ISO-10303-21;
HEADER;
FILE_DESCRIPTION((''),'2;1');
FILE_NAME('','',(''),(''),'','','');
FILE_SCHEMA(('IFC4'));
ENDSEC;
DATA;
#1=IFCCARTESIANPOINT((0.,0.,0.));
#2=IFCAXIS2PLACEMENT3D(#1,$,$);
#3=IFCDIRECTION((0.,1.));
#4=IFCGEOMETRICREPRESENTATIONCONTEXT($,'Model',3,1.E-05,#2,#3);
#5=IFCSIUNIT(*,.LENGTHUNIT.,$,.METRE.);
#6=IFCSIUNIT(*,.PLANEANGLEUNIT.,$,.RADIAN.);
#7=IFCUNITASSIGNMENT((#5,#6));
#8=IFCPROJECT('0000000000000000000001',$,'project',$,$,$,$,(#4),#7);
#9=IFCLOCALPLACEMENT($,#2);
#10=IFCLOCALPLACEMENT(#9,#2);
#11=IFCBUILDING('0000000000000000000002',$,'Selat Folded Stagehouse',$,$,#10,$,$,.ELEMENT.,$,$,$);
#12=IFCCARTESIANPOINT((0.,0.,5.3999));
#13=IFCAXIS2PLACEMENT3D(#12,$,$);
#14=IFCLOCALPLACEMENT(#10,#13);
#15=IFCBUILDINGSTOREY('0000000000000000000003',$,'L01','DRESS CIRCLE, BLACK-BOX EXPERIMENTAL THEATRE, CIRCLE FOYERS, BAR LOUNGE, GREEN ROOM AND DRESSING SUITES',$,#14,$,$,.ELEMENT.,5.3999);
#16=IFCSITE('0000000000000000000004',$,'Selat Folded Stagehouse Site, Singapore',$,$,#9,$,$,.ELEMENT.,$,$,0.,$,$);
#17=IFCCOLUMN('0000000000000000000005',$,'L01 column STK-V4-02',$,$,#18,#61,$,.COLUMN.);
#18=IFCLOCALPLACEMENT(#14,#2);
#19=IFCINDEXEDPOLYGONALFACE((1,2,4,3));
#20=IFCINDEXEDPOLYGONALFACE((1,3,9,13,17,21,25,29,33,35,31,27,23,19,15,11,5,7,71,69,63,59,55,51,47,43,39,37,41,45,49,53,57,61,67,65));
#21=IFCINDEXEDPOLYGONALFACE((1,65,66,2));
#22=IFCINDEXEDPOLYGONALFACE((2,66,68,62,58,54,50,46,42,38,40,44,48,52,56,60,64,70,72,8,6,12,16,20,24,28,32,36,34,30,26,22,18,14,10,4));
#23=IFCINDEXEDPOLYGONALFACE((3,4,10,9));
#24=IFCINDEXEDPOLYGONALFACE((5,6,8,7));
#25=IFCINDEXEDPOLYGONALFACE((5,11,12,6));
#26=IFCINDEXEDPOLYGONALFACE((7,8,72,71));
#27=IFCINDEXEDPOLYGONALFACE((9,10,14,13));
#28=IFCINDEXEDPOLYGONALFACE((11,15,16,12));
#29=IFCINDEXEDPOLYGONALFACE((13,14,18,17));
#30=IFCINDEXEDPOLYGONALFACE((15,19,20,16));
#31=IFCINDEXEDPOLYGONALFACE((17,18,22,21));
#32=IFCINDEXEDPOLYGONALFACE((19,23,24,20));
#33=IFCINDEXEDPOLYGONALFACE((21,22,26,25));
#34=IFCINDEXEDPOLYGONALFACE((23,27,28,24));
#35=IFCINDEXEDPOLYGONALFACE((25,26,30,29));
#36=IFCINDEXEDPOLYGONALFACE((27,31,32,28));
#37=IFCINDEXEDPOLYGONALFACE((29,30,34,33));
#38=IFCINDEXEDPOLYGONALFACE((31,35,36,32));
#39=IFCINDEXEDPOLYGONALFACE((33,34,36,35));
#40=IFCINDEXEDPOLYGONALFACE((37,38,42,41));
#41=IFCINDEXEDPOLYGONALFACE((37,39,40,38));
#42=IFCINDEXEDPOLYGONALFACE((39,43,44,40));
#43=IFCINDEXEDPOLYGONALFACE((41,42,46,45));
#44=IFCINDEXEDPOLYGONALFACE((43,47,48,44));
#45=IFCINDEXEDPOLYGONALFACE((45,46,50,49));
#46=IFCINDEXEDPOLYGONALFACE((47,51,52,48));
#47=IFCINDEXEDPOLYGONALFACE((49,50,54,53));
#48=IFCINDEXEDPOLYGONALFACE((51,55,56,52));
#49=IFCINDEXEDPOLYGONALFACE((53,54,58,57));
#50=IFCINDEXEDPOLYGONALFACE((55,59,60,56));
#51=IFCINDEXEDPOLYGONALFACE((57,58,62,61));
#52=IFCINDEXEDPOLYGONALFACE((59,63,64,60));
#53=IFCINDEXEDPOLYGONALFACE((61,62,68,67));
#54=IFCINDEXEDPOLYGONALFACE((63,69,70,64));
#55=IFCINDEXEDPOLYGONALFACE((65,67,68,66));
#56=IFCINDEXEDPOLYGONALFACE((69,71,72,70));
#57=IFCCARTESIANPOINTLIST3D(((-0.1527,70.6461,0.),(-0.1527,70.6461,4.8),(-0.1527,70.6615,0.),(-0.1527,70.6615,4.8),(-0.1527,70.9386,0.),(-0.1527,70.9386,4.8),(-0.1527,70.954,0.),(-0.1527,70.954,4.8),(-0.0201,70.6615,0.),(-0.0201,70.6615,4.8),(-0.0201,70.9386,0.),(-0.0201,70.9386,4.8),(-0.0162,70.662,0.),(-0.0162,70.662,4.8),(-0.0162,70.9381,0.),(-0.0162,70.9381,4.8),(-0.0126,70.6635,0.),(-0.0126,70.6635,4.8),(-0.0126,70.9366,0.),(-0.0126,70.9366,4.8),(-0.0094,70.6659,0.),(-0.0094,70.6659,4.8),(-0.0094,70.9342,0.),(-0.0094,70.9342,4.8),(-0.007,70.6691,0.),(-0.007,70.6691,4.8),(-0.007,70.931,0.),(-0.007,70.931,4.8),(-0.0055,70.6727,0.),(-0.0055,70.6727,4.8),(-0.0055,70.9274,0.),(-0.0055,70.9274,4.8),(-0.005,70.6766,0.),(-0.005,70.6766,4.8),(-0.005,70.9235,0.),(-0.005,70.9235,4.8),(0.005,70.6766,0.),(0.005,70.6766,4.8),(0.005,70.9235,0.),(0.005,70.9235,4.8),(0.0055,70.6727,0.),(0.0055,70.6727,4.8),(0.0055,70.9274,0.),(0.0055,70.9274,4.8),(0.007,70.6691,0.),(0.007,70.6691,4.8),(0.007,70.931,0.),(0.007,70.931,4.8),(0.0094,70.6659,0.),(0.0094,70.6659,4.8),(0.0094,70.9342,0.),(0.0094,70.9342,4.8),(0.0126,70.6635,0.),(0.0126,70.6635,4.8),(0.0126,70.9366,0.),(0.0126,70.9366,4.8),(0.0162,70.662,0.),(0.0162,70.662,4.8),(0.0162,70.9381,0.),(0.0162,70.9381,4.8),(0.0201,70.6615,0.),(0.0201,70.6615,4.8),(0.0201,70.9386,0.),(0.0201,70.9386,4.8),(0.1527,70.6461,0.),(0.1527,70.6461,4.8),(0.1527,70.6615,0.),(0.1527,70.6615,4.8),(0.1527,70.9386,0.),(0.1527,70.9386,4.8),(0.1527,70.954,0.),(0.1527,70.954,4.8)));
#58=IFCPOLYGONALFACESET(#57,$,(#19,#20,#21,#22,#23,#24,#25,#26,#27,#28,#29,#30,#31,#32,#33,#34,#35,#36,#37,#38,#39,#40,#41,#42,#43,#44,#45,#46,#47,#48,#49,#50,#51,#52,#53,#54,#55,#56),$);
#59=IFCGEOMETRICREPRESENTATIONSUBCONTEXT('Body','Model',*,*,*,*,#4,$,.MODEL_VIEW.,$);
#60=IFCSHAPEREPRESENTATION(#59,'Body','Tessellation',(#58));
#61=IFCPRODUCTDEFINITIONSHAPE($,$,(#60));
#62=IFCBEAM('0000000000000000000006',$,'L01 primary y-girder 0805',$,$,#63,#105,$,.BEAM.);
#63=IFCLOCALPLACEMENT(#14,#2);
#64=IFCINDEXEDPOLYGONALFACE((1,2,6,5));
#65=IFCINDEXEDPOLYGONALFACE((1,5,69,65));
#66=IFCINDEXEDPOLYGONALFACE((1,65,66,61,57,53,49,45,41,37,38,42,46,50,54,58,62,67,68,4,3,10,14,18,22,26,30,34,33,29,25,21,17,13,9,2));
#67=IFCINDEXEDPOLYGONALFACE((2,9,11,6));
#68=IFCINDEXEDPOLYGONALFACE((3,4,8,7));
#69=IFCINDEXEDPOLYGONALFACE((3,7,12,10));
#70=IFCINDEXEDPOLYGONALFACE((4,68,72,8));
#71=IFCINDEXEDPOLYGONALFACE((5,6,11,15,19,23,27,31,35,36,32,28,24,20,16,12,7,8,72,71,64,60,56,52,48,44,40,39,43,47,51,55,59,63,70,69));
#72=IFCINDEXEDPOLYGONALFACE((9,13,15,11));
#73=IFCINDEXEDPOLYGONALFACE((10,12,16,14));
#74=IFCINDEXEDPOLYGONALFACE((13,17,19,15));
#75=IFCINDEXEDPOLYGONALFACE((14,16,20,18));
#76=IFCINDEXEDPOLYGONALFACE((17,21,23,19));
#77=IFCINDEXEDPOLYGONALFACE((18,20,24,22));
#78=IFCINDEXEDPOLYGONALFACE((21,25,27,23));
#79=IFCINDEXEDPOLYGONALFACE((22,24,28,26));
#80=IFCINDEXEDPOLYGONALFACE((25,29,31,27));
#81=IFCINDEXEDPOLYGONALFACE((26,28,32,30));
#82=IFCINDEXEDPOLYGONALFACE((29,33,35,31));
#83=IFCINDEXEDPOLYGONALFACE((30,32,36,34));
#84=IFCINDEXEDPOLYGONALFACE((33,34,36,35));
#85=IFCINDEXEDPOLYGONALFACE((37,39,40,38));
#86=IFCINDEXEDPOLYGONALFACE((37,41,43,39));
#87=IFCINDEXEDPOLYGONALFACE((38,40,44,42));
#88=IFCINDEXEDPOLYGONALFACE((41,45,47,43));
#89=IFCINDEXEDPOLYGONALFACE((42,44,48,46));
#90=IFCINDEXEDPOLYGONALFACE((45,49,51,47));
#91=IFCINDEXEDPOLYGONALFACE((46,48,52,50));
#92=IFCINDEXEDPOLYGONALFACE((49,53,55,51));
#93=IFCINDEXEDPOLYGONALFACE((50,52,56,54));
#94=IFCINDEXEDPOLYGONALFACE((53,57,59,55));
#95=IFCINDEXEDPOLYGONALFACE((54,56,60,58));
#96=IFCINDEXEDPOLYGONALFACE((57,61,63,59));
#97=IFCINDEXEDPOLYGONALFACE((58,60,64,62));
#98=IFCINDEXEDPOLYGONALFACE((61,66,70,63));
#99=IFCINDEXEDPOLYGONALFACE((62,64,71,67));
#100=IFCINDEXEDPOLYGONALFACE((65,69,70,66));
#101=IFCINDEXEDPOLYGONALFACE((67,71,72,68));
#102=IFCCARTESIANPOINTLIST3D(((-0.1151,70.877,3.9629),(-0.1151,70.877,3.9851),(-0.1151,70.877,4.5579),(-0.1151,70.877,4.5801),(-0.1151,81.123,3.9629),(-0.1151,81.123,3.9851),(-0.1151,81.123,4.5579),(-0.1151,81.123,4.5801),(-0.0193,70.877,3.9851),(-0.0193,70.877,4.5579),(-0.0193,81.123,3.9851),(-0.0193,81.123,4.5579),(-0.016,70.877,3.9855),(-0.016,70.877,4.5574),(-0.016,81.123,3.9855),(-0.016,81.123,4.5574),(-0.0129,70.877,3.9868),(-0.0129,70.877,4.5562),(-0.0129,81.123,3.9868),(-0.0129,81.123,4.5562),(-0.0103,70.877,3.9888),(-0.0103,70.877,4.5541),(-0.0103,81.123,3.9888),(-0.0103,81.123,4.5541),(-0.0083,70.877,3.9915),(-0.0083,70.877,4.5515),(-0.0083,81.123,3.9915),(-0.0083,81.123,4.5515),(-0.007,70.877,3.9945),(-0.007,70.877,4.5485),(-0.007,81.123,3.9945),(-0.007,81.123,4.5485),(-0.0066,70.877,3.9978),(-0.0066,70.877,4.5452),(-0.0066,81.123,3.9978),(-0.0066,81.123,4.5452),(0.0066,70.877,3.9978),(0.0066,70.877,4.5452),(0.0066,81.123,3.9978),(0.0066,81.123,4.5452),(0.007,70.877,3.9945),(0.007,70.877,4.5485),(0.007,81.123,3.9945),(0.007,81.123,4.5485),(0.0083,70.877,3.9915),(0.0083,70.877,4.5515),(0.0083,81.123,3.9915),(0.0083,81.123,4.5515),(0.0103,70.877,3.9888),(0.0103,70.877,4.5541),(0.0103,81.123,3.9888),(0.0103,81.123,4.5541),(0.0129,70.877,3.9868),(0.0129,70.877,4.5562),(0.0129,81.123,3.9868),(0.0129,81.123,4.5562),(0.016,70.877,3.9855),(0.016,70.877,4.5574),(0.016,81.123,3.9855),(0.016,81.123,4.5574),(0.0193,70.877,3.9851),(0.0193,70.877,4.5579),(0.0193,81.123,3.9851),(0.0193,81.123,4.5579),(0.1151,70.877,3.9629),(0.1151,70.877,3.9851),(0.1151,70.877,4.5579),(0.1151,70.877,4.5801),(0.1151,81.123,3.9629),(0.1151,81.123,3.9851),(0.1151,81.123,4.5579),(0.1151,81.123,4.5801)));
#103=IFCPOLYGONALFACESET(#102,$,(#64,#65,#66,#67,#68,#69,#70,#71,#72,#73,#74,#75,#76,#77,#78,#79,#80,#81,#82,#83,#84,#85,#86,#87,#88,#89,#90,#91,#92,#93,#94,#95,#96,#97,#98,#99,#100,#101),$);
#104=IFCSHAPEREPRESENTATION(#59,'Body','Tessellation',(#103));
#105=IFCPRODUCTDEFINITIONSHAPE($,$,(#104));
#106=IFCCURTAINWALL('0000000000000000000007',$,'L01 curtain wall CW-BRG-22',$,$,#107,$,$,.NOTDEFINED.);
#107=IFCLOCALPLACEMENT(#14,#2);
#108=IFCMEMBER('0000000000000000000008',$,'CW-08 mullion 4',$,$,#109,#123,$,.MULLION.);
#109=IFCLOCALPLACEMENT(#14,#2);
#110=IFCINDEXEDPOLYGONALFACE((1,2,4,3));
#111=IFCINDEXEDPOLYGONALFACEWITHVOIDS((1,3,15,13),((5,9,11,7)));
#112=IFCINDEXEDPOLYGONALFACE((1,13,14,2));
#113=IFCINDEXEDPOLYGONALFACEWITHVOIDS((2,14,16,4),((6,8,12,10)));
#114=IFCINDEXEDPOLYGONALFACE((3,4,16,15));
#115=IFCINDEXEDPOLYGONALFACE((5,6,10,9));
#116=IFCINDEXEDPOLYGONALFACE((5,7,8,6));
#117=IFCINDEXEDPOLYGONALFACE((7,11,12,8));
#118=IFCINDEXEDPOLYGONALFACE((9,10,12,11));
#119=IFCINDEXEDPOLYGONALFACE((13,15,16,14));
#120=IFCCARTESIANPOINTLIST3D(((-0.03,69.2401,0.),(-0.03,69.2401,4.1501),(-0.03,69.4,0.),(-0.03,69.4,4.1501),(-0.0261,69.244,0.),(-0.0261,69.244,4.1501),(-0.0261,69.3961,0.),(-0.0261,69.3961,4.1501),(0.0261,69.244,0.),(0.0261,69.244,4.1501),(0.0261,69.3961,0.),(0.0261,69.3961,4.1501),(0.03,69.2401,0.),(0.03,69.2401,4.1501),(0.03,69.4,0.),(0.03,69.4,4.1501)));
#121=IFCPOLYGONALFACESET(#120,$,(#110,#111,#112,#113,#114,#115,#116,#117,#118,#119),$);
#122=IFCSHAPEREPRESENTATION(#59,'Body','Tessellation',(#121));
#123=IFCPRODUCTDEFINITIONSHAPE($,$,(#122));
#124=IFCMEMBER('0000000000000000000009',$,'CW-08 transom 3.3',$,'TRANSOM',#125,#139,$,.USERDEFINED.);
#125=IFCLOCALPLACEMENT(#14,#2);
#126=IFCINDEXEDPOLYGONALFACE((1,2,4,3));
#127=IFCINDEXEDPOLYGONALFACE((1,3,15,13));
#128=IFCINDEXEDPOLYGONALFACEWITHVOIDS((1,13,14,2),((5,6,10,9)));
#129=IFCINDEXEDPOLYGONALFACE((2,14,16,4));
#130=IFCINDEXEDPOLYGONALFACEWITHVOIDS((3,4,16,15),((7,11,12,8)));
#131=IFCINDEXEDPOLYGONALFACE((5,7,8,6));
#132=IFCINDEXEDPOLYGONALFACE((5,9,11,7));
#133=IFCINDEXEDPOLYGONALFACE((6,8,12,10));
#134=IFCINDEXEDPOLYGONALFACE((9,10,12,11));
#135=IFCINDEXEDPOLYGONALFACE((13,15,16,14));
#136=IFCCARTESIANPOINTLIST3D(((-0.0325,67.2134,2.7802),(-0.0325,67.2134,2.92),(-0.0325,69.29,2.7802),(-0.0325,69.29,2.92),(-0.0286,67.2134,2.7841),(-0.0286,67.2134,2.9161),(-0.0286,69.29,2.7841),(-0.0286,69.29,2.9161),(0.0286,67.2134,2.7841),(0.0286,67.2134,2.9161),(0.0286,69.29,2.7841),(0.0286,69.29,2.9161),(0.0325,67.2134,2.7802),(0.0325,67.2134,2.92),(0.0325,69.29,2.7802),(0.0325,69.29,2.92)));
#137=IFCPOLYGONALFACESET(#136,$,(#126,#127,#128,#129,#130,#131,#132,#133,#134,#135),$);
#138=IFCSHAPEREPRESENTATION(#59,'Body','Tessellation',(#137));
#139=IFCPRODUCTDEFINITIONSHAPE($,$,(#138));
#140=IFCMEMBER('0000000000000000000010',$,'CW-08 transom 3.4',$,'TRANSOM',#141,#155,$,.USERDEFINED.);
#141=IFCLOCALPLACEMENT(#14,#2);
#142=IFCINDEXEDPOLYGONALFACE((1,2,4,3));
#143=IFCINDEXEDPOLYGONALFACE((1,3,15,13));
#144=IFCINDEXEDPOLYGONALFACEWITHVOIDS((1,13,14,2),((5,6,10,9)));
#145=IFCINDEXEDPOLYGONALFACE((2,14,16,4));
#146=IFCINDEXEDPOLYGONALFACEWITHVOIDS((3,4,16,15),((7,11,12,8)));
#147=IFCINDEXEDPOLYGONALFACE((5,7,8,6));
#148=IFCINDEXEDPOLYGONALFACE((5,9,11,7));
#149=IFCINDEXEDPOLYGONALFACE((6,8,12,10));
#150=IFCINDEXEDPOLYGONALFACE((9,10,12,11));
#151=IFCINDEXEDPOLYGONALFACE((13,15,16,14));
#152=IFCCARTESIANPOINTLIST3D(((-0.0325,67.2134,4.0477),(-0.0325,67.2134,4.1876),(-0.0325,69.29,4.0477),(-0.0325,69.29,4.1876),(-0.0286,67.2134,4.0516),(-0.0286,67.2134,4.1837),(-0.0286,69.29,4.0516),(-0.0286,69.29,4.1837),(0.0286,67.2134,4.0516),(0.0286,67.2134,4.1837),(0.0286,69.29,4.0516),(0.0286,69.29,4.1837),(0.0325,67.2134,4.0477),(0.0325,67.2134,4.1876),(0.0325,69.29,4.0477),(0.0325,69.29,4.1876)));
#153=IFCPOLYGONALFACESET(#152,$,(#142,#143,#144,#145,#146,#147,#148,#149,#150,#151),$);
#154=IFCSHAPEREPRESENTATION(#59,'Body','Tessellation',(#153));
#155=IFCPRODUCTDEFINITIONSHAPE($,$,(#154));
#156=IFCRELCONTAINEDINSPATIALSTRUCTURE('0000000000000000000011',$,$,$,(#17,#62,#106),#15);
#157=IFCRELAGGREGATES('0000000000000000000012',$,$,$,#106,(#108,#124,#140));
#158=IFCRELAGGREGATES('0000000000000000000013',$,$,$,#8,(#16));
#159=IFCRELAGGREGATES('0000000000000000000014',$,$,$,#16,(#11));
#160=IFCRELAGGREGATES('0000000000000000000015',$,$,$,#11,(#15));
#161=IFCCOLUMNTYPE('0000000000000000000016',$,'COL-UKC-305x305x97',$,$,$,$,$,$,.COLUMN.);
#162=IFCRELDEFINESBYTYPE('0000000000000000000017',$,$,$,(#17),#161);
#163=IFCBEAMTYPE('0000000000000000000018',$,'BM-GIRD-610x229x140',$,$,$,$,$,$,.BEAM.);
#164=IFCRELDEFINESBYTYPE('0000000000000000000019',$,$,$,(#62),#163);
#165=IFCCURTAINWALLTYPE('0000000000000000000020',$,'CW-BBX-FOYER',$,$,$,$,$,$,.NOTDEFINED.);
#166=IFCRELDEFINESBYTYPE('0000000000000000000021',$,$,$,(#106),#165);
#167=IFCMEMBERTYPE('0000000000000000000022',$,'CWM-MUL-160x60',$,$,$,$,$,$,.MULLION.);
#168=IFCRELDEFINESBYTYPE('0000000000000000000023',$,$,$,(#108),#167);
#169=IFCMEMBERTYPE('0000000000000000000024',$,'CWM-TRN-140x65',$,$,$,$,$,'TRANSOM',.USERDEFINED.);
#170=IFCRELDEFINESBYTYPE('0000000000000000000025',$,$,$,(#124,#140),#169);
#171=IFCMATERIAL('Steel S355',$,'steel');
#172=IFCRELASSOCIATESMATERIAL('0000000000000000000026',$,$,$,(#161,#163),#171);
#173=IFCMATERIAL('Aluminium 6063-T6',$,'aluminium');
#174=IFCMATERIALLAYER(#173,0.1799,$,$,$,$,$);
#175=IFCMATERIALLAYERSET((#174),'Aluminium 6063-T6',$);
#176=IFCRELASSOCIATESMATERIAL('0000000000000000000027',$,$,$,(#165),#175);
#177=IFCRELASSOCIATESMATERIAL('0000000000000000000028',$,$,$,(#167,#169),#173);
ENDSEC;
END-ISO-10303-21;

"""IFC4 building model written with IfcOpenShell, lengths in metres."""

from ifc_helpers import new_model, si_unit, direction, frame, origin, origin_2d, place, context, subcontext, project, spatial, hollow_rectangle, i_section, extrude, material, layer, layer_set, material_profile, profile_set, type_object, element, aggregate, save


model = new_model("IFC4")

# Units and contexts
model_context = context("Model", 3, precision=1e-05, world=origin(), true_north=direction((0.0, 1.0)))
body_context = subcontext(model_context, "Body", "Model", "MODEL_VIEW")
ifc_project = project(units=[si_unit("LENGTHUNIT", "METRE"), si_unit("PLANEANGLEUNIT", "RADIAN")], contexts=[model_context])

# Site, building, storey
site_placement = place(None, origin())
site = spatial("IfcSite", under=ifc_project, at=site_placement, Name="Selat Folded Stagehouse Site, Singapore", CompositionType="ELEMENT", RefElevation=0.0)
building_placement = place(site_placement, origin())
building = spatial("IfcBuilding", under=site, at=building_placement, Name="Selat Folded Stagehouse", CompositionType="ELEMENT")
storey_placement = place(building_placement, frame((0.0, 0.0, 5.3999)))
storey = spatial("IfcBuildingStorey", under=building, at=storey_placement, Name="L01", Description="DRESS CIRCLE, BLACK-BOX EXPERIMENTAL THEATRE, CIRCLE FOYERS, BAR LOUNGE, GREEN ROOM AND DRESSING SUITES", CompositionType="ELEMENT", Elevation=5.3999)

# Column
ifc_material_1 = material(Name="Steel S355", Category="steel")
ifc_material_profile_1 = material_profile(ifc_material_1, i_section(OverallWidth=0.3054, OverallDepth=0.3079, WebThickness=0.01, FlangeThickness=0.0154, FilletRadius=0.0151, at=origin_2d()), Name="UKC 305x305x97")
ifc_profile_set_1 = profile_set([ifc_material_profile_1], Name="Steel S355")
column_type = type_object("IfcColumnType", Name="COL-UKC-305x305x97", PredefinedType="COLUMN", material=ifc_profile_set_1)
column_placement = place(storey_placement, frame((0.0, 70.8, 0.0), z_axis=(0.0, 0.0, 1.0), x_axis=(1.0, 0.0, 0.0)))
element("IfcColumn", 1, at=column_placement, inside=storey, type_object=column_type, Name="L01 column STK-V4-02", PredefinedType="COLUMN", context=body_context, shape_type="SweptSolid", body=[
    extrude(i_section(OverallWidth=0.3054, OverallDepth=0.3079, WebThickness=0.01, FlangeThickness=0.0154, FilletRadius=0.0151, at=origin_2d()), origin(), (0.0, 0.0, 1.0), 4.8),
])

# Beam
ifc_material_profile_2 = material_profile(ifc_material_1, i_section(OverallWidth=0.2302, OverallDepth=0.6172, WebThickness=0.0132, FlangeThickness=0.0222, FilletRadius=0.0127, at=origin_2d()), Name="UKB 610x229x140")
ifc_profile_set_2 = profile_set([ifc_material_profile_2], Name="Steel S355")
beam_type_1 = type_object("IfcBeamType", Name="BM-GIRD-610x229x140", PredefinedType="BEAM", material=ifc_profile_set_2)
beam_1_placement = place(storey_placement, frame((0.0, 70.877, 4.2715), z_axis=(0.0, 1.0, 0.0), x_axis=(-1.0, 0.0, 0.0)))
element("IfcBeam", 2, at=beam_1_placement, inside=storey, type_object=beam_type_1, Name="L01 primary y-girder 0805", PredefinedType="BEAM", context=body_context, shape_type="SweptSolid", body=[
    extrude(i_section(OverallWidth=0.2302, OverallDepth=0.6172, WebThickness=0.0132, FlangeThickness=0.0222, FilletRadius=0.0127, at=origin_2d()), origin(), (0.0, 0.0, 1.0), 10.2461),
])

# Curtain wall, members
ifc_material_2 = material(Name="Aluminium 6063-T6", Category="aluminium")
ifc_layer_1 = layer(ifc_material_2, 0.1799)
ifc_layer_set_1 = layer_set([ifc_layer_1], Name="Aluminium 6063-T6")
curtain_wall_type = type_object("IfcCurtainWallType", Name="CW-BBX-FOYER", PredefinedType="NOTDEFINED", material=ifc_layer_set_1)
curtain_wall_placement = place(storey_placement, origin())
curtain_wall = element("IfcCurtainWall", 3, at=curtain_wall_placement, inside=storey, type_object=curtain_wall_type, Name="L01 curtain wall CW-BRG-22", PredefinedType="NOTDEFINED")
ifc_material_profile_3 = material_profile(ifc_material_2, hollow_rectangle(XDim=0.0601, YDim=0.1599, WallThickness=0.0039, at=origin_2d()), Name="ALU 160x60x4.0")
ifc_profile_set_3 = profile_set([ifc_material_profile_3], Name="Aluminium 6063-T6")
member_type_1 = type_object("IfcMemberType", Name="CWM-MUL-160x60", PredefinedType="MULLION", material=ifc_profile_set_3)
member_1_placement = place(storey_placement, frame((0.0, 69.3201, 0.0), z_axis=(0.0, 0.0, 1.0), x_axis=(-1.0, 0.0, 0.0)))
member_1 = element("IfcMember", 4, at=member_1_placement, type_object=member_type_1, Name="CW-08 mullion 4", PredefinedType="MULLION", context=body_context, shape_type="SweptSolid", body=[
    extrude(hollow_rectangle(XDim=0.0601, YDim=0.1599, WallThickness=0.0039, at=origin_2d()), origin(), (0.0, 0.0, 1.0), 4.1501),
])
ifc_material_profile_4 = material_profile(ifc_material_2, hollow_rectangle(XDim=0.0649, YDim=0.1399, WallThickness=0.0039, at=origin_2d()), Name="ALU 140x65x4.0")
ifc_profile_set_4 = profile_set([ifc_material_profile_4], Name="Aluminium 6063-T6")
member_type_2 = type_object("IfcMemberType", Name="CWM-TRN-140x65", ElementType="TRANSOM", PredefinedType="USERDEFINED", material=ifc_profile_set_4)
member_2_placement = place(storey_placement, frame((0.0, 67.2134, 2.8501), z_axis=(0.0, 1.0, 0.0), x_axis=(-1.0, 0.0, 0.0)))
member_2 = element("IfcMember", 5, at=member_2_placement, type_object=member_type_2, Name="CW-08 transom 3.3", ObjectType="TRANSOM", PredefinedType="USERDEFINED", context=body_context, shape_type="SweptSolid", body=[
    extrude(hollow_rectangle(XDim=0.0649, YDim=0.1399, WallThickness=0.0039, at=origin_2d()), origin(), (0.0, 0.0, 1.0), 2.0767),
])
member_3_placement = place(storey_placement, frame((0.0, 67.2134, 4.1177), z_axis=(0.0, 1.0, 0.0), x_axis=(-1.0, 0.0, 0.0)))
member_3 = element("IfcMember", 6, at=member_3_placement, type_object=member_type_2, Name="CW-08 transom 3.4", ObjectType="TRANSOM", PredefinedType="USERDEFINED", context=body_context, shape_type="SweptSolid", body=[
    extrude(hollow_rectangle(XDim=0.0649, YDim=0.1399, WallThickness=0.0039, at=origin_2d()), origin(), (0.0, 0.0, 1.0), 2.0767),
])

aggregate(curtain_wall, [member_1, member_2, member_3])

save(model, "model.ifc")
